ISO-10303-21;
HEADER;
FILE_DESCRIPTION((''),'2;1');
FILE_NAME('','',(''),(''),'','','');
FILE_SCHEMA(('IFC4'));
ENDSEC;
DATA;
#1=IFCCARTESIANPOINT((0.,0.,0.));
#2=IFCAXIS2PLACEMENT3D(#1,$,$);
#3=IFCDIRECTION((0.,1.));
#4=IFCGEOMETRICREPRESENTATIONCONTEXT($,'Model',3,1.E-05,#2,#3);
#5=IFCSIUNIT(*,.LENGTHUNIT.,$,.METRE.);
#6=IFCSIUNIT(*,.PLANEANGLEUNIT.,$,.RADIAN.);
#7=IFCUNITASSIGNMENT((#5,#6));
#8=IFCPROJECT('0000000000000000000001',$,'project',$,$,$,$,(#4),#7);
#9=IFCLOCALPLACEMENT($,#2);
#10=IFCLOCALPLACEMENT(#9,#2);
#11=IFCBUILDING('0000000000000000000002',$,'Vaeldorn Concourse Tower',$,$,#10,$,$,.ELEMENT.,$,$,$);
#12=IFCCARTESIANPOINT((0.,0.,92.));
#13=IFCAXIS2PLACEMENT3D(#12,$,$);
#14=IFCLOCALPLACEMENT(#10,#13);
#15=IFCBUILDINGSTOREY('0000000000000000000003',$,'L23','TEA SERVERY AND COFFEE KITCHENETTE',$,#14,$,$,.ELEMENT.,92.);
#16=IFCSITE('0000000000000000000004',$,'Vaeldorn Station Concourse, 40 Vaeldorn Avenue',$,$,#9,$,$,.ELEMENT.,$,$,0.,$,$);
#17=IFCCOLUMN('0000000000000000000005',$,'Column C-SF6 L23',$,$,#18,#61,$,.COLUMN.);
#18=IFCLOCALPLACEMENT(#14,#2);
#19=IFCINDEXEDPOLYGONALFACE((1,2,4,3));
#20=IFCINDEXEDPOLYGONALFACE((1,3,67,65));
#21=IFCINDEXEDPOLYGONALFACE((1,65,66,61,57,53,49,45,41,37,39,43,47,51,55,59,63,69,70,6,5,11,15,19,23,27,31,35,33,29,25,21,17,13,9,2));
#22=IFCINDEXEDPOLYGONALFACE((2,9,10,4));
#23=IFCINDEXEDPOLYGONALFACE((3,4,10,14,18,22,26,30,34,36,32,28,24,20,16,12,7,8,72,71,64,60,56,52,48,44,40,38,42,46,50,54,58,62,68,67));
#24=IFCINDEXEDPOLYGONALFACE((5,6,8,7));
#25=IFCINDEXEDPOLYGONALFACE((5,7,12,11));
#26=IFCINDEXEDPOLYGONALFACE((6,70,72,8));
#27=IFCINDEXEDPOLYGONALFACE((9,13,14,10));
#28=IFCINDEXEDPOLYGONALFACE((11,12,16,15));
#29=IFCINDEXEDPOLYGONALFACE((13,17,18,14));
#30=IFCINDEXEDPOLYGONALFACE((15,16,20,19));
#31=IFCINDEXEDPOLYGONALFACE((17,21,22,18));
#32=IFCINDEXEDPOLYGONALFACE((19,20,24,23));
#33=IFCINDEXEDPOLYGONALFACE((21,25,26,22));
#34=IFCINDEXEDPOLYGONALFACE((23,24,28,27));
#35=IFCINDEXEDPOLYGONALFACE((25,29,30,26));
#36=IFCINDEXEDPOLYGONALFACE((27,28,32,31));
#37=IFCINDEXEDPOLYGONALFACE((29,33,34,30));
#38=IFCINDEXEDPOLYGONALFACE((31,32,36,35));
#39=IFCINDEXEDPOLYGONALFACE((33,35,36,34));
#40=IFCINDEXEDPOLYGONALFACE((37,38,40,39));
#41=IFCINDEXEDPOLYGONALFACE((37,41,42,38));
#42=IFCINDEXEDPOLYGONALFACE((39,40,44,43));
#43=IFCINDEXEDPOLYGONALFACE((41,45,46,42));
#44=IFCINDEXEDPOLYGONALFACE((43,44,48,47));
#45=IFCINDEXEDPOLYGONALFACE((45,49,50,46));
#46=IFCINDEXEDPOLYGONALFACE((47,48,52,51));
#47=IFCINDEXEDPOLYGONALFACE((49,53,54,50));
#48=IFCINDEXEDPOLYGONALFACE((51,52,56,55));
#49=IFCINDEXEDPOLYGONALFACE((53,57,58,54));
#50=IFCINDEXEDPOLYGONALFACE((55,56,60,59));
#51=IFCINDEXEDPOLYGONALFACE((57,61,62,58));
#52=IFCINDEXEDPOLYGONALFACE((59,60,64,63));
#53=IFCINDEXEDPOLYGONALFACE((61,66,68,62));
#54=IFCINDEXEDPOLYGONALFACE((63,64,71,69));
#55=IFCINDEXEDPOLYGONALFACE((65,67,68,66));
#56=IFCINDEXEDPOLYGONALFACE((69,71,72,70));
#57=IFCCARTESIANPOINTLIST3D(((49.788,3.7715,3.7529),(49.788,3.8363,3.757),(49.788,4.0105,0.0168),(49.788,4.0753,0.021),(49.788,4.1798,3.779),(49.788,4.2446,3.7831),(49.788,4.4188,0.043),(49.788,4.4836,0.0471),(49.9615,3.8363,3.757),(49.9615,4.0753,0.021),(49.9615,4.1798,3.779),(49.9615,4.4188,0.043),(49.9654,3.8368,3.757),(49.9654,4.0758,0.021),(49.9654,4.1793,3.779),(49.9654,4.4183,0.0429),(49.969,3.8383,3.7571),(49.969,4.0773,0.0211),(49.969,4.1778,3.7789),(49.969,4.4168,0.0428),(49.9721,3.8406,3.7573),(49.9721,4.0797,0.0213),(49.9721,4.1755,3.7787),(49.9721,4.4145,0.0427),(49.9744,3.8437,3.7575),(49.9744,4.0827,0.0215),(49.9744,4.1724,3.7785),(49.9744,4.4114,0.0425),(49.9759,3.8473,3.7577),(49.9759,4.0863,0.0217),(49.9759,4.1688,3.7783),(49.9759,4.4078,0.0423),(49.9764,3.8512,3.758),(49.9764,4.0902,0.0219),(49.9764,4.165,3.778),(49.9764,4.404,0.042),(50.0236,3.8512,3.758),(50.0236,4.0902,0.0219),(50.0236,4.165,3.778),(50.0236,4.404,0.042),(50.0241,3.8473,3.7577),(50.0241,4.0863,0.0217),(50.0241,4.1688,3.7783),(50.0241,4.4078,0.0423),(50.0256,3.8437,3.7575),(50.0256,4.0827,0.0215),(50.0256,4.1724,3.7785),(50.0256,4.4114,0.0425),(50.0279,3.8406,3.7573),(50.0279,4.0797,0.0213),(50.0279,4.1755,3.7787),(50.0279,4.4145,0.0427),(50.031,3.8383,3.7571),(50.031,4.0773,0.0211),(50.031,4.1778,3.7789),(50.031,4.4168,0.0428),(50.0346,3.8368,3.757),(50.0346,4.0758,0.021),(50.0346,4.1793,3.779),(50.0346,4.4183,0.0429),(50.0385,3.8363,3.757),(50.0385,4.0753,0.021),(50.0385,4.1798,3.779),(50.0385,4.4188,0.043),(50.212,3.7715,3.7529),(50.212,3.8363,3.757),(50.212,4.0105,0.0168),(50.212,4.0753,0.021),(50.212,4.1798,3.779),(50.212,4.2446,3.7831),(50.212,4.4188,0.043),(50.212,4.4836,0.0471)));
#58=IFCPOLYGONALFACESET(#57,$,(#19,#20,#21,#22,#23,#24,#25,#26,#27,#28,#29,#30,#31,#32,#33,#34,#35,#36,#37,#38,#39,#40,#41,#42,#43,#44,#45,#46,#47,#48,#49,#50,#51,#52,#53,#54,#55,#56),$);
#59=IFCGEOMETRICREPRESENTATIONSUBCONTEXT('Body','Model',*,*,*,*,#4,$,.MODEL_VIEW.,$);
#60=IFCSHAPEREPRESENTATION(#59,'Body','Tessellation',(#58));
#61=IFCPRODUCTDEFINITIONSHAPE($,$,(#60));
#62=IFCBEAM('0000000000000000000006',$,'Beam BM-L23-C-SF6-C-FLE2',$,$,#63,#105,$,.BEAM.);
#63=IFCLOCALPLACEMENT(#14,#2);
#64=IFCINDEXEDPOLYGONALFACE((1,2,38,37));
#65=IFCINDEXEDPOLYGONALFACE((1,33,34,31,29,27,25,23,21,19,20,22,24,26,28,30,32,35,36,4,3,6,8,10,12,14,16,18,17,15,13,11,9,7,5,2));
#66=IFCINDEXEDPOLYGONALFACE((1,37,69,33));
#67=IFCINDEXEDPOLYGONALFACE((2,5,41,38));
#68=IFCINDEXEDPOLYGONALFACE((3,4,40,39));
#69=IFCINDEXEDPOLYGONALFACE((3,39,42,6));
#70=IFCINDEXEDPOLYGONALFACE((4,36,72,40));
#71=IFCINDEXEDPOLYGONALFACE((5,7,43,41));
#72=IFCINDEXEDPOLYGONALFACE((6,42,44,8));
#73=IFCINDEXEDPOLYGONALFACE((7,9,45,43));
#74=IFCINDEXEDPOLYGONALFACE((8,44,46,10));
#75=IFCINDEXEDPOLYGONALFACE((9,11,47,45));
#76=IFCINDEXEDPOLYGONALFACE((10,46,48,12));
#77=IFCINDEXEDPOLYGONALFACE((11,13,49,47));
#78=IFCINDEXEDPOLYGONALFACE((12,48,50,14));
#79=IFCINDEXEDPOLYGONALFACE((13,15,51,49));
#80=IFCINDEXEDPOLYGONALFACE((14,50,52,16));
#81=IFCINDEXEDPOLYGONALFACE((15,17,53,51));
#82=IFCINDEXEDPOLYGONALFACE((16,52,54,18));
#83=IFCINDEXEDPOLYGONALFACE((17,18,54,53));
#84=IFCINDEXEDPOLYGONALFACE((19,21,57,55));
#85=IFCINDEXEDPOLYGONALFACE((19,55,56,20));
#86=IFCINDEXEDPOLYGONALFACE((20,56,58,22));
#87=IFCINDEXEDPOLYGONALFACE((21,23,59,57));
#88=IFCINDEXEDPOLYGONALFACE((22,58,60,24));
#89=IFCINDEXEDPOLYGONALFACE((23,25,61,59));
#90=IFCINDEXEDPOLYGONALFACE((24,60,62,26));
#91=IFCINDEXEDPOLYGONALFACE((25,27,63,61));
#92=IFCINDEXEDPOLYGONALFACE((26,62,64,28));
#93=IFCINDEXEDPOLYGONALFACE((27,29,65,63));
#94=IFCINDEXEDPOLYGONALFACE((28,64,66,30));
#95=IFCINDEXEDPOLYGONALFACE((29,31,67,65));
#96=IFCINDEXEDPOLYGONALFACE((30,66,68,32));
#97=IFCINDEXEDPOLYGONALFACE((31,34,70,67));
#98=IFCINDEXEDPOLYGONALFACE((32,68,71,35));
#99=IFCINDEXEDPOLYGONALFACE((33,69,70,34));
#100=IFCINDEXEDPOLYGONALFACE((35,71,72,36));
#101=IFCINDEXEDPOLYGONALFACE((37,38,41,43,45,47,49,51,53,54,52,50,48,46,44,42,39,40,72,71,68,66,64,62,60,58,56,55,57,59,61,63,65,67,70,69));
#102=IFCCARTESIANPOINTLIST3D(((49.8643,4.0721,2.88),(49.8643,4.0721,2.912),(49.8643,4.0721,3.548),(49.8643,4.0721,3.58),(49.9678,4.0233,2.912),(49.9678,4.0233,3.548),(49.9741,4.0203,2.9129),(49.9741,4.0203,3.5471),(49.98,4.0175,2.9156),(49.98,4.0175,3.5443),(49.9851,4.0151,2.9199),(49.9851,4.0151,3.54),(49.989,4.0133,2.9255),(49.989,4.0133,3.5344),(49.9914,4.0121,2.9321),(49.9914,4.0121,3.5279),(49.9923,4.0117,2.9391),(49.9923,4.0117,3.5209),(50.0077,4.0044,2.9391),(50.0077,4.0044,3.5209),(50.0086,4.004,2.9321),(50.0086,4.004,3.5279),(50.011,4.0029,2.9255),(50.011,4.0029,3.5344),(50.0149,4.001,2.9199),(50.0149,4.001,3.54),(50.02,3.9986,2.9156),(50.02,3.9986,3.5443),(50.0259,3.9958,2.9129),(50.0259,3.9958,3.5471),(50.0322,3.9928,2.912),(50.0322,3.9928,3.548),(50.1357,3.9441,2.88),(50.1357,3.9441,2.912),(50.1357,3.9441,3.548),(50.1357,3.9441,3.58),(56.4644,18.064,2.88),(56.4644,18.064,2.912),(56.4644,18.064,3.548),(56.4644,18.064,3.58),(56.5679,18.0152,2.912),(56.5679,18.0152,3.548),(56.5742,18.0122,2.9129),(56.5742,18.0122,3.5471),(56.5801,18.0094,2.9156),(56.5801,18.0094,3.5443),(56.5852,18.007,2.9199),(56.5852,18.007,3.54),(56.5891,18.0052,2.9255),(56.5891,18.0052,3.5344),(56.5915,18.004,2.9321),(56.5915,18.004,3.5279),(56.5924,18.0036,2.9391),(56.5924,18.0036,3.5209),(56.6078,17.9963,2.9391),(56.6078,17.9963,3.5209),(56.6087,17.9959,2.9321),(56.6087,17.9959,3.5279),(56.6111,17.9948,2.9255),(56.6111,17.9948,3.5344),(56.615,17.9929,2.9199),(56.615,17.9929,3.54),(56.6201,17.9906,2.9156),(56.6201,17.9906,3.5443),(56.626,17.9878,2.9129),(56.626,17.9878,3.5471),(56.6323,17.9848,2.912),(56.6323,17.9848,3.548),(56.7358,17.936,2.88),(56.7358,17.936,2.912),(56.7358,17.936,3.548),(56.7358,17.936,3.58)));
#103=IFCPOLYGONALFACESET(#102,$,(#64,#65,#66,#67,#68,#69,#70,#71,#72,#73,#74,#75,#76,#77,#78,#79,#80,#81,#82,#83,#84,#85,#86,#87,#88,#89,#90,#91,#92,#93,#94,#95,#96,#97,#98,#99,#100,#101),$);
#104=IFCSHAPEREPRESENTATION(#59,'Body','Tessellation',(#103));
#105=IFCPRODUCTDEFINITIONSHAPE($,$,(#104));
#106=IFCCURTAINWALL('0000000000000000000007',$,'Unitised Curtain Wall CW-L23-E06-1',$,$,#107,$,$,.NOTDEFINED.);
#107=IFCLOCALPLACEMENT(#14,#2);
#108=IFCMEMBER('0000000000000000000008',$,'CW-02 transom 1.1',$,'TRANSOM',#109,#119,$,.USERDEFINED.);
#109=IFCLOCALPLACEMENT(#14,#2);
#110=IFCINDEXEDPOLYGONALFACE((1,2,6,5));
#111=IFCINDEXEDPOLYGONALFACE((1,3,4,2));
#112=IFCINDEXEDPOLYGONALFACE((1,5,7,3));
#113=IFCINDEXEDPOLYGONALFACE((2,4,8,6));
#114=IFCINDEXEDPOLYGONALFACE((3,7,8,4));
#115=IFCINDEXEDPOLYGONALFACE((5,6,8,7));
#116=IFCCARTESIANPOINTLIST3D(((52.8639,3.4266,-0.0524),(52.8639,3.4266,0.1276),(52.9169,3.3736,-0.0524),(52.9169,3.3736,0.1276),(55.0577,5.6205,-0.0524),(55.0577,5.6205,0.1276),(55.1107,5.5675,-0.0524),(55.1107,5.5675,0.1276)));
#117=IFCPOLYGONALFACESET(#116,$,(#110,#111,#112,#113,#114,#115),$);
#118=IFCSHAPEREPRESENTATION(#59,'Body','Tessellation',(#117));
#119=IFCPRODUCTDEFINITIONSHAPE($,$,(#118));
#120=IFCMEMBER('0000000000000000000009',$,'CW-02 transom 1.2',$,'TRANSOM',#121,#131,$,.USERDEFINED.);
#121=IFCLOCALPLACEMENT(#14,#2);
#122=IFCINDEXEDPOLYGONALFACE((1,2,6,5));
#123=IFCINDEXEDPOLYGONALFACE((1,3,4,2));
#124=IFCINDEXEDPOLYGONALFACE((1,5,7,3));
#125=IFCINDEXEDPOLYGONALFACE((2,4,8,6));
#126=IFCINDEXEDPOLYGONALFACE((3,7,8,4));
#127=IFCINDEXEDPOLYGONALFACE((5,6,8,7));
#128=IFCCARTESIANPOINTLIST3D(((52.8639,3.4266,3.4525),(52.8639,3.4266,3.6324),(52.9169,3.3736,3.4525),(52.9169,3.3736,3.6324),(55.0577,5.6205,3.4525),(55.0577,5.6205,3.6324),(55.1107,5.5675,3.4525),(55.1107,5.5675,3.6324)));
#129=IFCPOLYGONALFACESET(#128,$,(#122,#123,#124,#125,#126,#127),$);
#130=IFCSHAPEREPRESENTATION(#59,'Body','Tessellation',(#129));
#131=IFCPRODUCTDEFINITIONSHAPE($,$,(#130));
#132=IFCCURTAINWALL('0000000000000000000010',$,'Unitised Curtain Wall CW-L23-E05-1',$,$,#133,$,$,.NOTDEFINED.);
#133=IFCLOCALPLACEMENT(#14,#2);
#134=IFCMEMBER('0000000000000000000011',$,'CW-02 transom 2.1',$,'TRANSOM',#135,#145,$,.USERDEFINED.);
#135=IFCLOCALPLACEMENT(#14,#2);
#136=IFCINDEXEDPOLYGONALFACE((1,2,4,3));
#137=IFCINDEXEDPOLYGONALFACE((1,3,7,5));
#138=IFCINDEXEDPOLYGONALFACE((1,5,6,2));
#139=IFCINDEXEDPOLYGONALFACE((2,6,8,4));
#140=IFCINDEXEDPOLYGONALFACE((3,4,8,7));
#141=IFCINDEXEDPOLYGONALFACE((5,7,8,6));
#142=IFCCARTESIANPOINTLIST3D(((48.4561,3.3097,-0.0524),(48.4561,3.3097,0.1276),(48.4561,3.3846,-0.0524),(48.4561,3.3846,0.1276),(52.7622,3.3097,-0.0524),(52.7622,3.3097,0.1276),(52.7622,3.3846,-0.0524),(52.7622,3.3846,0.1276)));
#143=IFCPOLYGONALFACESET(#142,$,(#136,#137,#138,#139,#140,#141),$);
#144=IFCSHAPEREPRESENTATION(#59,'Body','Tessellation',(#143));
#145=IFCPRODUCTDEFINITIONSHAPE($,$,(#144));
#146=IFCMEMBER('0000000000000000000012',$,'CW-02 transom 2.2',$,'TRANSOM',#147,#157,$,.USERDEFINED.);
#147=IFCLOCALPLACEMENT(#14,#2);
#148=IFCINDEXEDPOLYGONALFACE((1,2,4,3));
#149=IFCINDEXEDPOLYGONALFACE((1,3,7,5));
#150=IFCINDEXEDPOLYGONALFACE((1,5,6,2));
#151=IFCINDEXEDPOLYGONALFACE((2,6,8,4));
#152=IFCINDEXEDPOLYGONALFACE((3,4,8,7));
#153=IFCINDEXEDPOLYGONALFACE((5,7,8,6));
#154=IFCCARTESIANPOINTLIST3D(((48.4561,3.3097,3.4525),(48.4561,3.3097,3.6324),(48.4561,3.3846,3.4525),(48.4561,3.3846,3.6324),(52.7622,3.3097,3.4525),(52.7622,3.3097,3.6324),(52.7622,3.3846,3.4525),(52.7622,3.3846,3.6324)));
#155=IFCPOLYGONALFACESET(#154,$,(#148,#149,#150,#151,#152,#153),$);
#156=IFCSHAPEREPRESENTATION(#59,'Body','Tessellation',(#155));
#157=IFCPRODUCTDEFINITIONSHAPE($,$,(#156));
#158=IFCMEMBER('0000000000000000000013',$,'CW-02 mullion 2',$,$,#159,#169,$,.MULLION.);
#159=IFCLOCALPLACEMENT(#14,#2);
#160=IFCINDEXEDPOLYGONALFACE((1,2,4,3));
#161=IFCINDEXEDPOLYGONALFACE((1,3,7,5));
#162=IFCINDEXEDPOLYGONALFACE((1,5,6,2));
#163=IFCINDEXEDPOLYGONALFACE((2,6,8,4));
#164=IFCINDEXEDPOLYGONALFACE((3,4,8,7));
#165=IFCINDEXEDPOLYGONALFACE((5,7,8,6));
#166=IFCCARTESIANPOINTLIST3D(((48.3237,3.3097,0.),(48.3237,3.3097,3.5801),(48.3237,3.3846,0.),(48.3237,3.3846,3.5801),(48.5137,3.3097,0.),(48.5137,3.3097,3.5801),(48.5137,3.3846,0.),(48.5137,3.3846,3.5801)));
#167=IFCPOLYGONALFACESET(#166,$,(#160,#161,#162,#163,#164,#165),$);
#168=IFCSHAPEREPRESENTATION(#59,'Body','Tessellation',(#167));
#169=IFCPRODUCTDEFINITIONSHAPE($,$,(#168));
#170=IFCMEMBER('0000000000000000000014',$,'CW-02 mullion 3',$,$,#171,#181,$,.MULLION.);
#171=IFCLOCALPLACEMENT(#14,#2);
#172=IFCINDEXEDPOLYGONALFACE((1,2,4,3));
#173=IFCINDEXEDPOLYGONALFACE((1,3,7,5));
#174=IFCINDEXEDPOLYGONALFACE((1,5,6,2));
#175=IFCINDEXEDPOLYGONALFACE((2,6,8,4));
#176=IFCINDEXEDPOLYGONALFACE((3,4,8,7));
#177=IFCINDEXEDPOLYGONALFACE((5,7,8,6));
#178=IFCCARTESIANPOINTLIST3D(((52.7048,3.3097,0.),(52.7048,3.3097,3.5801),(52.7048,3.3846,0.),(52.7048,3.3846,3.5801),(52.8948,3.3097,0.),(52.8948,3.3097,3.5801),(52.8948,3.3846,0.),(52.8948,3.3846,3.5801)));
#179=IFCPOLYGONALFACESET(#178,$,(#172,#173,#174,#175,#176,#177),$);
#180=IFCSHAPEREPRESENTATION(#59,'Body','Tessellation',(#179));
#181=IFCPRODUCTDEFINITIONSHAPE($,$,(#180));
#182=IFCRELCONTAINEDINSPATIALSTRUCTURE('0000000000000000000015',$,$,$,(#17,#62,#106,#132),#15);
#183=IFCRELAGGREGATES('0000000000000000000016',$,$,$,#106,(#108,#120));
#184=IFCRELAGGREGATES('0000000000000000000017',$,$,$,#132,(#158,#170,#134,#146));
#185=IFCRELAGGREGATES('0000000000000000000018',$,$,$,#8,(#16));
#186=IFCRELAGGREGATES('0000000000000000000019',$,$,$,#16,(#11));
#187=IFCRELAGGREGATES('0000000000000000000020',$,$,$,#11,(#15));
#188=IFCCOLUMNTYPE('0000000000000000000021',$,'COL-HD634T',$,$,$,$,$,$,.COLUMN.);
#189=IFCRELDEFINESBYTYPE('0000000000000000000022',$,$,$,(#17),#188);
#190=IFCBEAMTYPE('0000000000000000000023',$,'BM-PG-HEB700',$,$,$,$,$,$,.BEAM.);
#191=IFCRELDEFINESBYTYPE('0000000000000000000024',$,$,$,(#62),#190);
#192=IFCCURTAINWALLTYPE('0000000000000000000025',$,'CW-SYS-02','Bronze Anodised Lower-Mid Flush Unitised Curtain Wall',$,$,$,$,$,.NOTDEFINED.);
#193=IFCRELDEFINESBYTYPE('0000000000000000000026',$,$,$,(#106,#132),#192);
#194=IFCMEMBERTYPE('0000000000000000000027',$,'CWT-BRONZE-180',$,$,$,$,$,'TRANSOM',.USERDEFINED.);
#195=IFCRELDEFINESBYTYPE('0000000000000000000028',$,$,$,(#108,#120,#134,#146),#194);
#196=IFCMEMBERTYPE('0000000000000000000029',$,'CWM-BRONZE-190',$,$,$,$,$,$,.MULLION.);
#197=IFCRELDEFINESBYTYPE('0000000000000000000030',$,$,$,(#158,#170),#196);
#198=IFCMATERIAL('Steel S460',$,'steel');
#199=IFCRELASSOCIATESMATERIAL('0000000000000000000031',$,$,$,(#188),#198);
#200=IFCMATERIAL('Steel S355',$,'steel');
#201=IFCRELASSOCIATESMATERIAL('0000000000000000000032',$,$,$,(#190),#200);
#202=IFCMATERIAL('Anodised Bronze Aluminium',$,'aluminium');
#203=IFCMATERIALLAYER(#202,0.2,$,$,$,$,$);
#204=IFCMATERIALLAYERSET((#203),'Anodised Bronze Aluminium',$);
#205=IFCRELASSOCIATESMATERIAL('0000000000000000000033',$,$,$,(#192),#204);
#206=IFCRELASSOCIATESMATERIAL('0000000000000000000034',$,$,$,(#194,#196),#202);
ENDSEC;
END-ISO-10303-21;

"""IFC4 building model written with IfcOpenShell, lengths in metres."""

from ifc_helpers import new_model, si_unit, direction, frame, origin, origin_2d, place, context, subcontext, project, spatial, rectangle, i_section, extrude, source, transform, mapped, material, layer, layer_set, material_profile, profile_set, type_object, element, aggregate, save


model = new_model("IFC4")

# Units and contexts
model_context = context("Model", 3, precision=1e-05, world=origin(), true_north=direction((0.0, 1.0)))
body_context = subcontext(model_context, "Body", "Model", "MODEL_VIEW")
ifc_project = project(units=[si_unit("LENGTHUNIT", "METRE"), si_unit("PLANEANGLEUNIT", "RADIAN")], contexts=[model_context])

# Site, building, storey
site_placement = place(None, origin())
site = spatial("IfcSite", under=ifc_project, at=site_placement, Name="Vaeldorn Station Concourse, 40 Vaeldorn Avenue", CompositionType="ELEMENT", RefElevation=0.0)
building_placement = place(site_placement, origin())
building = spatial("IfcBuilding", under=site, at=building_placement, Name="Vaeldorn Concourse Tower", CompositionType="ELEMENT")
storey_placement = place(building_placement, frame((0.0, 0.0, 92.0)))
storey = spatial("IfcBuildingStorey", under=building, at=storey_placement, Name="L23", Description="TEA SERVERY AND COFFEE KITCHENETTE", CompositionType="ELEMENT", Elevation=92.0)

# Column
ifc_material_1 = material(Name="Steel S460", Category="steel")
ifc_material_profile_1 = material_profile(ifc_material_1, i_section(OverallWidth=0.4241, OverallDepth=0.4741, WebThickness=0.0471, FlangeThickness=0.0649, FilletRadius=0.0149, at=origin_2d()), Name="HD 400x634")
ifc_profile_set_1 = profile_set([ifc_material_profile_1], Name="Steel S460")
column_type = type_object("IfcColumnType", Name="COL-HD634T", PredefinedType="COLUMN", material=ifc_profile_set_1)
shared_shape_1 = source(origin(), body_context, "Body", "SweptSolid", [
    extrude(i_section(OverallWidth=0.4241, OverallDepth=0.4741, WebThickness=0.0471, FlangeThickness=0.0649, FilletRadius=0.0149, at=origin_2d()), origin(), (0.0, 0.0, 1.0), 3.7437),
])
column_placement = place(storey_placement, frame((50.0, 4.2471, 0.032), z_axis=(0.0, -0.063844, 0.99796), x_axis=(1.0, 0.0, 0.0)))
element("IfcColumn", 1, at=column_placement, inside=storey, type_object=column_type, Name="Column C-SF6 L23", PredefinedType="COLUMN", context=body_context, shape_type="MappedRepresentation", body=[
    mapped(shared_shape_1, transform((0.0, 0.0, 0.0), scale=1.0)),
])

# Beam
ifc_material_2 = material(Name="Steel S355", Category="steel")
ifc_material_profile_2 = material_profile(ifc_material_2, i_section(OverallWidth=0.3, OverallDepth=0.7, WebThickness=0.0171, FlangeThickness=0.032, FilletRadius=0.0271, at=origin_2d()), Name="HEB 700")
ifc_profile_set_2 = profile_set([ifc_material_profile_2], Name="Steel S355")
beam_type = type_object("IfcBeamType", Name="BM-PG-HEB700", PredefinedType="BEAM", material=ifc_profile_set_2)
shared_shape_2 = source(origin(), body_context, "Body", "SweptSolid", [
    extrude(i_section(OverallWidth=0.3, OverallDepth=0.7, WebThickness=0.0171, FlangeThickness=0.032, FilletRadius=0.0271, at=origin_2d()), origin(), (0.0, 0.0, 1.0), 15.4705),
])
beam_placement = place(storey_placement, frame((50.0, 4.0081, 3.23), z_axis=(0.426625, 0.904428, 0.0), x_axis=(-0.904428, 0.426625, 0.0)))
element("IfcBeam", 2, at=beam_placement, inside=storey, type_object=beam_type, Name="Beam BM-L23-C-SF6-C-FLE2", PredefinedType="BEAM", context=body_context, shape_type="MappedRepresentation", body=[
    mapped(shared_shape_2, transform((0.0, 0.0, 0.0), scale=1.0)),
])

# Curtain walls, members
ifc_material_3 = material(Name="Anodised Bronze Aluminium", Category="aluminium")
ifc_layer_1 = layer(ifc_material_3, 0.2)
ifc_layer_set_1 = layer_set([ifc_layer_1], Name="Anodised Bronze Aluminium")
curtain_wall_type = type_object("IfcCurtainWallType", Name="CW-SYS-02", Description="Bronze Anodised Lower-Mid Flush Unitised Curtain Wall", PredefinedType="NOTDEFINED", material=ifc_layer_set_1)
curtain_wall_1_placement = place(storey_placement, origin())
curtain_wall_1 = element("IfcCurtainWall", 3, at=curtain_wall_1_placement, inside=storey, type_object=curtain_wall_type, Name="Unitised Curtain Wall CW-L23-E06-1", PredefinedType="NOTDEFINED")
ifc_material_profile_3 = material_profile(ifc_material_3, rectangle(XDim=0.075, YDim=0.1799, at=origin_2d()), Name="CWT 75x180")
ifc_profile_set_3 = profile_set([ifc_material_profile_3], Name="Anodised Bronze Aluminium")
member_type_1 = type_object("IfcMemberType", Name="CWT-BRONZE-180", ElementType="TRANSOM", PredefinedType="USERDEFINED", material=ifc_profile_set_3)
shared_shape_3 = source(origin(), body_context, "Body", "SweptSolid", [
    extrude(rectangle(XDim=0.075, YDim=0.1799, at=origin_2d()), origin(), (0.0, 0.0, 1.0), 3.1025),
])
member_1_placement = place(storey_placement, frame((52.8904, 3.4001, 0.0376), z_axis=(0.707107, 0.707107, 0.0), x_axis=(-0.707107, 0.707107, 0.0)))
member_1 = element("IfcMember", 4, at=member_1_placement, type_object=member_type_1, Name="CW-02 transom 1.1", ObjectType="TRANSOM", PredefinedType="USERDEFINED", context=body_context, shape_type="MappedRepresentation", body=[
    mapped(shared_shape_3, transform((0.0, 0.0, 0.0), scale=1.0)),
])
member_2_placement = place(storey_placement, frame((52.8904, 3.4001, 3.5425), z_axis=(0.707107, 0.707107, 0.0), x_axis=(-0.707107, 0.707107, 0.0)))
member_2 = element("IfcMember", 5, at=member_2_placement, type_object=member_type_1, Name="CW-02 transom 1.2", ObjectType="TRANSOM", PredefinedType="USERDEFINED", context=body_context, shape_type="MappedRepresentation", body=[
    mapped(shared_shape_3, transform((0.0, 0.0, 0.0), scale=1.0)),
])
curtain_wall_2_placement = place(storey_placement, origin())
curtain_wall_2 = element("IfcCurtainWall", 6, at=curtain_wall_2_placement, inside=storey, type_object=curtain_wall_type, Name="Unitised Curtain Wall CW-L23-E05-1", PredefinedType="NOTDEFINED")
shared_shape_4 = source(origin(), body_context, "Body", "SweptSolid", [
    extrude(rectangle(XDim=0.075, YDim=0.1799, at=origin_2d()), origin(), (0.0, 0.0, 1.0), 4.3062),
])
member_3_placement = place(storey_placement, frame((48.4561, 3.3472, 0.0376), z_axis=(1.0, 0.0, 0.0), x_axis=(0.0, 1.0, 0.0)))
member_3 = element("IfcMember", 7, at=member_3_placement, type_object=member_type_1, Name="CW-02 transom 2.1", ObjectType="TRANSOM", PredefinedType="USERDEFINED", context=body_context, shape_type="MappedRepresentation", body=[
    mapped(shared_shape_4, transform((0.0, 0.0, 0.0), scale=1.0)),
])
member_4_placement = place(storey_placement, frame((48.4561, 3.3472, 3.5425), z_axis=(1.0, 0.0, 0.0), x_axis=(0.0, 1.0, 0.0)))
member_4 = element("IfcMember", 8, at=member_4_placement, type_object=member_type_1, Name="CW-02 transom 2.2", ObjectType="TRANSOM", PredefinedType="USERDEFINED", context=body_context, shape_type="MappedRepresentation", body=[
    mapped(shared_shape_4, transform((0.0, 0.0, 0.0), scale=1.0)),
])
ifc_material_profile_4 = material_profile(ifc_material_3, rectangle(XDim=0.075, YDim=0.1899, at=origin_2d()), Name="CWM 75x190")
ifc_profile_set_4 = profile_set([ifc_material_profile_4], Name="Anodised Bronze Aluminium")
member_type_2 = type_object("IfcMemberType", Name="CWM-BRONZE-190", PredefinedType="MULLION", material=ifc_profile_set_4)
shared_shape_5 = source(origin(), body_context, "Body", "SweptSolid", [
    extrude(rectangle(XDim=0.075, YDim=0.1899, at=origin_2d()), origin(), (0.0, 0.0, 1.0), 3.5801),
])
member_5_placement = place(storey_placement, frame((48.4187, 3.3472, 0.0), z_axis=(0.0, 0.0, 1.0), x_axis=(0.0, 1.0, 0.0)))
member_5 = element("IfcMember", 9, at=member_5_placement, type_object=member_type_2, Name="CW-02 mullion 2", PredefinedType="MULLION", context=body_context, shape_type="MappedRepresentation", body=[
    mapped(shared_shape_5, transform((0.0, 0.0, 0.0), scale=1.0)),
])
member_6_placement = place(storey_placement, frame((52.7998, 3.3472, 0.0), z_axis=(0.0, 0.0, 1.0), x_axis=(0.0, 1.0, 0.0)))
member_6 = element("IfcMember", 10, at=member_6_placement, type_object=member_type_2, Name="CW-02 mullion 3", PredefinedType="MULLION", context=body_context, shape_type="MappedRepresentation", body=[
    mapped(shared_shape_5, transform((0.0, 0.0, 0.0), scale=1.0)),
])

aggregate(curtain_wall_1, [member_1, member_2])
aggregate(curtain_wall_2, [member_5, member_6, member_3, member_4])

save(model, "model.ifc")
